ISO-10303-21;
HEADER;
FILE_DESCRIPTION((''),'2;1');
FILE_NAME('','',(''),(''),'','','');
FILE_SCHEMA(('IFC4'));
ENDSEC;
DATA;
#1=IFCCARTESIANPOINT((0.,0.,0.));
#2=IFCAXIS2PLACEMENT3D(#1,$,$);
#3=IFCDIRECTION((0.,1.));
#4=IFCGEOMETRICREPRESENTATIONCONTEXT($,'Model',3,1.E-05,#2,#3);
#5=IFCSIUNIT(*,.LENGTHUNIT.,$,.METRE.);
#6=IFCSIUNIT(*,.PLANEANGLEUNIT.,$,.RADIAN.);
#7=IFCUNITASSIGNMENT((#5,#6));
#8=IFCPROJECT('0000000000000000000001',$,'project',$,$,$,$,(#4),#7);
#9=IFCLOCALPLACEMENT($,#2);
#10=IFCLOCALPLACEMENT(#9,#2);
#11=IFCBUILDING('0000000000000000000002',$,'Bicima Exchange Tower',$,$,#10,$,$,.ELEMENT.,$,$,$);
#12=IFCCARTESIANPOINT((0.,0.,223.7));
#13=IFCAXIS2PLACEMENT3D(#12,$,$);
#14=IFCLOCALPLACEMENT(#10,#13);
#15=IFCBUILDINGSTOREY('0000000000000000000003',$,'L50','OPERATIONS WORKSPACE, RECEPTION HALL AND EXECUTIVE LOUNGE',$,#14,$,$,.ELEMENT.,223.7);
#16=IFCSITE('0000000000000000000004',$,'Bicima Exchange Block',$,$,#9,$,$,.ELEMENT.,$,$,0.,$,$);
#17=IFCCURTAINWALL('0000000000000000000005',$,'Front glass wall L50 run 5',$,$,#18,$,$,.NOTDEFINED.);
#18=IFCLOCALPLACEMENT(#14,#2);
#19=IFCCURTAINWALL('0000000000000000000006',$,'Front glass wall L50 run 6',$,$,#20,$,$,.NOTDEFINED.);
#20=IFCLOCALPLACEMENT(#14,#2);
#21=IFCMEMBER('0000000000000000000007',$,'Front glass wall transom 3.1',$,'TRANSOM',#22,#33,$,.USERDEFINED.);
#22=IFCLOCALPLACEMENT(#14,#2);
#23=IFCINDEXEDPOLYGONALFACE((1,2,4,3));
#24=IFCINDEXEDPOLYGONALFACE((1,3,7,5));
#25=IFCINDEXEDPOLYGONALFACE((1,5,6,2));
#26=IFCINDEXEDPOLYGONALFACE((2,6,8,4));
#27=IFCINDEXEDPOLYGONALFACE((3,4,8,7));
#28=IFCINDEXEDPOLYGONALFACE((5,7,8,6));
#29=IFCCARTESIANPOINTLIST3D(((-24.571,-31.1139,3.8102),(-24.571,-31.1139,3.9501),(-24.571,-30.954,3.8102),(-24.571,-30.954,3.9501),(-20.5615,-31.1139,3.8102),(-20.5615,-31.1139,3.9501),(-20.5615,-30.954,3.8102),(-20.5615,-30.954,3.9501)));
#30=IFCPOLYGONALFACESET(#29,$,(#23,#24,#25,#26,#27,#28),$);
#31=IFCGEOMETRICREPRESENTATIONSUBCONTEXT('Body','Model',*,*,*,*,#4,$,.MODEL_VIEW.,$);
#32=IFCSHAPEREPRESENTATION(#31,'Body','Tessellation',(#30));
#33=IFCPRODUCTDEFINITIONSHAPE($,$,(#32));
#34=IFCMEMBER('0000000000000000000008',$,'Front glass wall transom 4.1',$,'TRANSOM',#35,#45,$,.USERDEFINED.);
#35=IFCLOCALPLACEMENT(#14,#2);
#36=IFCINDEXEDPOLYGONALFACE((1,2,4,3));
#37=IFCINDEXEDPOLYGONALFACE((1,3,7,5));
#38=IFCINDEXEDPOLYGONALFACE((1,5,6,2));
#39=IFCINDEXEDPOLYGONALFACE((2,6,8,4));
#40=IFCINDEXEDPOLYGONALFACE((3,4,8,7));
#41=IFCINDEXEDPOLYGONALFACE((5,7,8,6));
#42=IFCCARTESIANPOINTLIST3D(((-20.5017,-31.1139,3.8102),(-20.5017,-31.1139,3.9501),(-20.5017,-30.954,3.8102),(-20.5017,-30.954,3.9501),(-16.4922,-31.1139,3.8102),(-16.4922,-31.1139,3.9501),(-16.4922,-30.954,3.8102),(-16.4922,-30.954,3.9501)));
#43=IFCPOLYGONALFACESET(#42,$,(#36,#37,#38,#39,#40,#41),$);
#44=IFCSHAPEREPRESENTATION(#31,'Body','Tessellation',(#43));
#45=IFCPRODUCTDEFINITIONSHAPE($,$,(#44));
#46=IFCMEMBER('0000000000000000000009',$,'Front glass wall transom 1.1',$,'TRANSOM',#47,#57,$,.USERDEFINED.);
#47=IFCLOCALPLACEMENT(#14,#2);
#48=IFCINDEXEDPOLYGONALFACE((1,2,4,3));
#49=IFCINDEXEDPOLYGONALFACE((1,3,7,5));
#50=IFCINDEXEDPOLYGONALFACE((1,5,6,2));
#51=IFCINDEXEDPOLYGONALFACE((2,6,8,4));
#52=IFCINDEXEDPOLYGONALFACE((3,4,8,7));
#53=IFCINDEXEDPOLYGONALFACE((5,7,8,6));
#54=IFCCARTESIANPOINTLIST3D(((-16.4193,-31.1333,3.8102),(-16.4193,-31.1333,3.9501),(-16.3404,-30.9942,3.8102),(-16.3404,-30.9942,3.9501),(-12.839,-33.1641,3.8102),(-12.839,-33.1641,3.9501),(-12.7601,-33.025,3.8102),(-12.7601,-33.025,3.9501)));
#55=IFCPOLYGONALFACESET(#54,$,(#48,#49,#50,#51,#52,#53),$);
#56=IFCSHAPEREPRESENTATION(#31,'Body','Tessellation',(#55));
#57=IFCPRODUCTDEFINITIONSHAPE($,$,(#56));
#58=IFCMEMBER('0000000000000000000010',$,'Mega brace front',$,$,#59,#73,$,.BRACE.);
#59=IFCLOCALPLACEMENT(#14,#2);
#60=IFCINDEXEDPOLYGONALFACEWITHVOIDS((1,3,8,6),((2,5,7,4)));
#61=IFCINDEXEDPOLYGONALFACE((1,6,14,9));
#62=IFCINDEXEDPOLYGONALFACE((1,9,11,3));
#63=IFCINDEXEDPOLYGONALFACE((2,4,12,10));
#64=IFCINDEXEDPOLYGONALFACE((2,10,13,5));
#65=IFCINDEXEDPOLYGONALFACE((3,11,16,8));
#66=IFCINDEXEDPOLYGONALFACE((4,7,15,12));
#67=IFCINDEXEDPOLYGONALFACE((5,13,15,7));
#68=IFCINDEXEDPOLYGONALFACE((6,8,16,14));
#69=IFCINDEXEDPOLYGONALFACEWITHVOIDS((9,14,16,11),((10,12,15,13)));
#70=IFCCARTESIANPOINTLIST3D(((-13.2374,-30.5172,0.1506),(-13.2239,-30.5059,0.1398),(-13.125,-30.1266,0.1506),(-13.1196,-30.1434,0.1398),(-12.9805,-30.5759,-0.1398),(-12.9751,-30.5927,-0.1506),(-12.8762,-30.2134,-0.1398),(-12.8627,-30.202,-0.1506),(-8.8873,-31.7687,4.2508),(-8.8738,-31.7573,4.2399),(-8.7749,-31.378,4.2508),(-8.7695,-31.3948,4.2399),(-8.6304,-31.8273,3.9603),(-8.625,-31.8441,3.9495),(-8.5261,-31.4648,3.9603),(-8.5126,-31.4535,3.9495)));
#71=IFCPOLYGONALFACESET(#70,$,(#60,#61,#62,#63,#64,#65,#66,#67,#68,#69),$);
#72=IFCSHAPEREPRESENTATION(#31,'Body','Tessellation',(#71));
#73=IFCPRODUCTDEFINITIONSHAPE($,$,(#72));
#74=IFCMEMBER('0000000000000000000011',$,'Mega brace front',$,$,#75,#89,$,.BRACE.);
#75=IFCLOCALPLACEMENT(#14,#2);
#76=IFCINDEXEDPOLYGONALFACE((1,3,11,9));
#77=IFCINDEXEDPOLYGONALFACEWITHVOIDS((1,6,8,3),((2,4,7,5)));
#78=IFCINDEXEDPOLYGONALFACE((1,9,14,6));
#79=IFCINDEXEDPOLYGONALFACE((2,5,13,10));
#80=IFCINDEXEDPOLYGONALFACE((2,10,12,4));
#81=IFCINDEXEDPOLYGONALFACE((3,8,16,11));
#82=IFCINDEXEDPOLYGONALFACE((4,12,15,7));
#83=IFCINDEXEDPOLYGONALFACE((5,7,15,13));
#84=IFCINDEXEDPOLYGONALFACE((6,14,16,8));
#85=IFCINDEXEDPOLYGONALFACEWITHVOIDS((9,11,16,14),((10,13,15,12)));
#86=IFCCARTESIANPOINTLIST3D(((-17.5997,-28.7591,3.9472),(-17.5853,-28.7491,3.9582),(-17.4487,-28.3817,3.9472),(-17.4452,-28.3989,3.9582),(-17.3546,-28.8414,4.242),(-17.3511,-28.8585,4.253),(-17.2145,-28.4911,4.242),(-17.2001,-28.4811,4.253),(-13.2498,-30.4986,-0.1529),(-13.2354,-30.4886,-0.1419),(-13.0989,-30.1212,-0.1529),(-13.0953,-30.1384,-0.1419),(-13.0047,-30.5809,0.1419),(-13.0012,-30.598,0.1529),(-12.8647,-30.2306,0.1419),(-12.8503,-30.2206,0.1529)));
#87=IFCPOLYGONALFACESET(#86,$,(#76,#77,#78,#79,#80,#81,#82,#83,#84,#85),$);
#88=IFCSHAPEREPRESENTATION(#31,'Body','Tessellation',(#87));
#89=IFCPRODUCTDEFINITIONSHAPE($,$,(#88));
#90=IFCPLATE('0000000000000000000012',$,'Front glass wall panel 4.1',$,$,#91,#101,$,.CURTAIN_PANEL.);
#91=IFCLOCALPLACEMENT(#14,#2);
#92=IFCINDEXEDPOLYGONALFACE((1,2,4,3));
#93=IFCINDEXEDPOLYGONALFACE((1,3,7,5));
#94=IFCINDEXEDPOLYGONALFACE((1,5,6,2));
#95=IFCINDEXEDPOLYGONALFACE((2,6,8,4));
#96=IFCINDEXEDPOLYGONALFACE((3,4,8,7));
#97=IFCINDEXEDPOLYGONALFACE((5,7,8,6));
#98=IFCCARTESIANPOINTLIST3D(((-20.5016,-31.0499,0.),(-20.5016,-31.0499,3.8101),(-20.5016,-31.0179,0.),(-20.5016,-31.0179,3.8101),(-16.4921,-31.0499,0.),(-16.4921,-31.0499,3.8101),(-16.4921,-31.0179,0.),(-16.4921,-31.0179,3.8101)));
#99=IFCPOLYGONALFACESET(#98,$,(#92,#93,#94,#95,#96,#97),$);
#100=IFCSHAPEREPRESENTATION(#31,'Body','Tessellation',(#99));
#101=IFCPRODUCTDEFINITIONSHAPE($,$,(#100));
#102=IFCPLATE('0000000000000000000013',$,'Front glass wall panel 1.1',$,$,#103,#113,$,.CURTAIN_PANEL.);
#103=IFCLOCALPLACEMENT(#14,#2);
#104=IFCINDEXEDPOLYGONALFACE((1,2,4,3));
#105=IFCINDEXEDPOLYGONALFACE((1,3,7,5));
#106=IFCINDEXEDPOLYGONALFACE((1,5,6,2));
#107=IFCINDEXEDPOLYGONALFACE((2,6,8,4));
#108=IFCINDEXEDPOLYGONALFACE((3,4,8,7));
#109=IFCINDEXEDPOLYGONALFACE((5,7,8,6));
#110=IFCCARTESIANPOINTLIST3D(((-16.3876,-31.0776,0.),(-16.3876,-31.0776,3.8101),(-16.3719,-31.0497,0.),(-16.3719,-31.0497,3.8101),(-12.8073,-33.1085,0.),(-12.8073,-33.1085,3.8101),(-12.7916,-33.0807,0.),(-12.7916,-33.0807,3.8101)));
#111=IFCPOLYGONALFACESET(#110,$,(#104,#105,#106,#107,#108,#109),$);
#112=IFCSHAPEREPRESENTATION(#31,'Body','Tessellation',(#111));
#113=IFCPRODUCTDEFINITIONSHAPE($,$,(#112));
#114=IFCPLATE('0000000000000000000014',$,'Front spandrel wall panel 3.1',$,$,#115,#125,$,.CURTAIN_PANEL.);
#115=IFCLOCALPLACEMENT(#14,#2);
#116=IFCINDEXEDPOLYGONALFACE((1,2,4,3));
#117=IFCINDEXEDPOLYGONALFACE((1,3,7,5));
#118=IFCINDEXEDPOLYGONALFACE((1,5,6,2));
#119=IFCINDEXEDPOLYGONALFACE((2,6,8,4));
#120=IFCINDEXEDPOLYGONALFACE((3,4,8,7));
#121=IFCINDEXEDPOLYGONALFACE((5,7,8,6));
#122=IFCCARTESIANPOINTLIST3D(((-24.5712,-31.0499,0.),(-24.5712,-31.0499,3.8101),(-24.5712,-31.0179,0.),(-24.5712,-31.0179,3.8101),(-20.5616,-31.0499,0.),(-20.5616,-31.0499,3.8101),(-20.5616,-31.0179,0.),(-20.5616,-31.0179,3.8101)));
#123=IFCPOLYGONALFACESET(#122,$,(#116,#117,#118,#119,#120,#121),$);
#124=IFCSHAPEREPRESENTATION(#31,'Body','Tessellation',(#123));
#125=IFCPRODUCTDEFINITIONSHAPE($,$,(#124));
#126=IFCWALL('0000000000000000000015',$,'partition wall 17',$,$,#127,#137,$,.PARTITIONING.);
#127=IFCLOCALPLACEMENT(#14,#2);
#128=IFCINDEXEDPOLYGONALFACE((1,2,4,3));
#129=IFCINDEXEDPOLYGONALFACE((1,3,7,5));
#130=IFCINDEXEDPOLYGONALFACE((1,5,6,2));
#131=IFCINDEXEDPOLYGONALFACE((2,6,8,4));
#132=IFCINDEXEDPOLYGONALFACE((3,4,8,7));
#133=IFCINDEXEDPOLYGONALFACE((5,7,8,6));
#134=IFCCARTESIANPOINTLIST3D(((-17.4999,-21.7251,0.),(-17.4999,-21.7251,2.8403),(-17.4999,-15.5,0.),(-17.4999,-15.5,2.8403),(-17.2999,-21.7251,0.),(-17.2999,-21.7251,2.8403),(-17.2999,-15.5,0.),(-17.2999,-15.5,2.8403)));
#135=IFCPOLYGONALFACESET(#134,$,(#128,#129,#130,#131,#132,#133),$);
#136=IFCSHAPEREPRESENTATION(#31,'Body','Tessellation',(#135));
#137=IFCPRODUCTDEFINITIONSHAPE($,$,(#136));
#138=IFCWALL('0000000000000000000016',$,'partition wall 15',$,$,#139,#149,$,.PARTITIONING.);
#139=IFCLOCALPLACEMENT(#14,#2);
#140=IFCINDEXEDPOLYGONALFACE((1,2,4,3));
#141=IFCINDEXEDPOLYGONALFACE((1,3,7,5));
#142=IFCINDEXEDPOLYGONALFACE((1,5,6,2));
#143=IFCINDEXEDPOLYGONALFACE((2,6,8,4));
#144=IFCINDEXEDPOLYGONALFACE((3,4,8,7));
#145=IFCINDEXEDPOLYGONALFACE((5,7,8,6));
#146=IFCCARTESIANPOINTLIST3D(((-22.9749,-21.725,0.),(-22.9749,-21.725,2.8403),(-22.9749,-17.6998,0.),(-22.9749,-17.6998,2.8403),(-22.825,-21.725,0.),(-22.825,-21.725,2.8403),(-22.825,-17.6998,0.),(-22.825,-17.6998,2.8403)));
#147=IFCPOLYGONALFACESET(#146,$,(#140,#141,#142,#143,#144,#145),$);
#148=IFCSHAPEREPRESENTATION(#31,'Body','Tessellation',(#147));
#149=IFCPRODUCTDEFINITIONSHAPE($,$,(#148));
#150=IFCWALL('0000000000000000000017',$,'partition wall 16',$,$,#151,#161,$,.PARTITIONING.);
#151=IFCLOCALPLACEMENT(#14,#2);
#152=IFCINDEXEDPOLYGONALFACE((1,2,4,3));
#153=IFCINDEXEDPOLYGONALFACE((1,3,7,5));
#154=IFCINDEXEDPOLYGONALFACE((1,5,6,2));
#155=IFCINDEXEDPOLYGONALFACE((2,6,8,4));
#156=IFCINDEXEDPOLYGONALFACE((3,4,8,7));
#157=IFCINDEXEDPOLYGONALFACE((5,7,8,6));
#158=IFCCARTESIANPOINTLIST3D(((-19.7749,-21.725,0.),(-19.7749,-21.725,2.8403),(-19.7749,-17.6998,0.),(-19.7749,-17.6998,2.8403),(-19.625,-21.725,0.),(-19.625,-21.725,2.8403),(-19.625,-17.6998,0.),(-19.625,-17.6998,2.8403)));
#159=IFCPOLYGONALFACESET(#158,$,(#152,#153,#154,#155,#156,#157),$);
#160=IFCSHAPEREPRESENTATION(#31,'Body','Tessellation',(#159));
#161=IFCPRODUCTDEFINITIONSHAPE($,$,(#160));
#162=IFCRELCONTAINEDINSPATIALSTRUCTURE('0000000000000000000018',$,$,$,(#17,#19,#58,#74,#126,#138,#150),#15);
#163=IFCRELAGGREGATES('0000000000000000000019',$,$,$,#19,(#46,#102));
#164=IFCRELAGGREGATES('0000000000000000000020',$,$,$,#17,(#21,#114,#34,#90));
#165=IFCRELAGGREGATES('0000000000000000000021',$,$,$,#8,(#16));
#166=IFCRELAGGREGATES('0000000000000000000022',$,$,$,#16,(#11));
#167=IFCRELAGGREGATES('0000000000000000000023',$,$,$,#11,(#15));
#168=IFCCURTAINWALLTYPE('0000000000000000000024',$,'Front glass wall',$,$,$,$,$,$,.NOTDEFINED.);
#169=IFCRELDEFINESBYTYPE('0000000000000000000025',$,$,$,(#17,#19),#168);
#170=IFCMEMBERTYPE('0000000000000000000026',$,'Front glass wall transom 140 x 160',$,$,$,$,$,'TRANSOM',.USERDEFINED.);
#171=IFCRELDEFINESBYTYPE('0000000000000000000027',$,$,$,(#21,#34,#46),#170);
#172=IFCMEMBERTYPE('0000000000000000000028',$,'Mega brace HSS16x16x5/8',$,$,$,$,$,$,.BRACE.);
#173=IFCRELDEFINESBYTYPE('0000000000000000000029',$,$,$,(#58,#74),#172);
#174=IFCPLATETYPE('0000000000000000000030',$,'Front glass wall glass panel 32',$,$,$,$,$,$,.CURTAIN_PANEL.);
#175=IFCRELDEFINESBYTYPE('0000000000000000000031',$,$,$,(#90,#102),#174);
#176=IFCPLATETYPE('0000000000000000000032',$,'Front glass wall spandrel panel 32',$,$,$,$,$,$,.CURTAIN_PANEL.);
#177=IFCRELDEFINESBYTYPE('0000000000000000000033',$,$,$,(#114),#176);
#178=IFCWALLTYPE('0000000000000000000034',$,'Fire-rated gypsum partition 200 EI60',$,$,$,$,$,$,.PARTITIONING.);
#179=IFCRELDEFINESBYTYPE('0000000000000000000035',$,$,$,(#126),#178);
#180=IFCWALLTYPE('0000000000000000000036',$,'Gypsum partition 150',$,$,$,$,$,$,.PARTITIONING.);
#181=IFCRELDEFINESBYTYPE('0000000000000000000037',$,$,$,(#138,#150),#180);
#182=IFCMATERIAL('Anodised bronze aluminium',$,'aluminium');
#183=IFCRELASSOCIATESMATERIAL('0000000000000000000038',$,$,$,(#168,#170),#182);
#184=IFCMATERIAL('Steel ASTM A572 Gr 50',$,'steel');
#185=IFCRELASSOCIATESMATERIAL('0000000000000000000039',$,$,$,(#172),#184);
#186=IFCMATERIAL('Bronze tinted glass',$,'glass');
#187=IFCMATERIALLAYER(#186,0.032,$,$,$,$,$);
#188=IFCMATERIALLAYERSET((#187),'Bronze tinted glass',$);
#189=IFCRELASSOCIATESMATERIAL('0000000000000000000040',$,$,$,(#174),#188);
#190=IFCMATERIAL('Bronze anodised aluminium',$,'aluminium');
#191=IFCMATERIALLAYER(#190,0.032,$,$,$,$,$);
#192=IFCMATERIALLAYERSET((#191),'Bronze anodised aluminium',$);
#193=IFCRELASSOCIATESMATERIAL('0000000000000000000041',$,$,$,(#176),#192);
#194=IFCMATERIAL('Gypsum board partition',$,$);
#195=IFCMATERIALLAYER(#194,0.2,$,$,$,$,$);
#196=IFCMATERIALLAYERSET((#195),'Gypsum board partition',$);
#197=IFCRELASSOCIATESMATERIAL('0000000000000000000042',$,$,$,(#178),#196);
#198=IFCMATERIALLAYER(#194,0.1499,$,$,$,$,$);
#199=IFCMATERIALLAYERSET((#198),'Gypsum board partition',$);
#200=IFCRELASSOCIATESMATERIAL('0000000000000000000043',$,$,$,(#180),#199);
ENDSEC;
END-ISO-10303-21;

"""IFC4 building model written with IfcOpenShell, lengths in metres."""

from ifc_helpers import new_model, si_unit, direction, frame, frame_2d, origin, origin_2d, place, context, subcontext, project, spatial, rectangle, hollow_rectangle, extrude, material, layer, layer_set, material_profile, profile_set, type_object, element, aggregate, save


model = new_model("IFC4")

# Units and contexts
model_context = context("Model", 3, precision=1e-05, world=origin(), true_north=direction((0.0, 1.0)))
body_context = subcontext(model_context, "Body", "Model", "MODEL_VIEW")
ifc_project = project(units=[si_unit("LENGTHUNIT", "METRE"), si_unit("PLANEANGLEUNIT", "RADIAN")], contexts=[model_context])

# Site, building, storey
site_placement = place(None, origin())
site = spatial("IfcSite", under=ifc_project, at=site_placement, Name="Bicima Exchange Block", CompositionType="ELEMENT", RefElevation=0.0)
building_placement = place(site_placement, origin())
building = spatial("IfcBuilding", under=site, at=building_placement, Name="Bicima Exchange Tower", CompositionType="ELEMENT")
storey_placement = place(building_placement, frame((0.0, 0.0, 223.7)))
storey = spatial("IfcBuildingStorey", under=building, at=storey_placement, Name="L50", Description="OPERATIONS WORKSPACE, RECEPTION HALL AND EXECUTIVE LOUNGE", CompositionType="ELEMENT", Elevation=223.7)

# Curtain walls
ifc_material_1 = material(Name="Anodised bronze aluminium", Category="aluminium")
curtain_wall_type = type_object("IfcCurtainWallType", Name="Front glass wall", PredefinedType="NOTDEFINED", material=ifc_material_1)
curtain_wall_1_placement = place(storey_placement, origin())
curtain_wall_1 = element("IfcCurtainWall", 1, at=curtain_wall_1_placement, inside=storey, type_object=curtain_wall_type, Name="Front glass wall L50 run 5", PredefinedType="NOTDEFINED")
curtain_wall_2_placement = place(storey_placement, origin())
curtain_wall_2 = element("IfcCurtainWall", 2, at=curtain_wall_2_placement, inside=storey, type_object=curtain_wall_type, Name="Front glass wall L50 run 6", PredefinedType="NOTDEFINED")

# Members
ifc_material_profile_1 = material_profile(ifc_material_1, rectangle(XDim=0.1599, YDim=0.1399, at=origin_2d()))
ifc_profile_set_1 = profile_set([ifc_material_profile_1], Name="Anodised bronze aluminium")
member_type_1 = type_object("IfcMemberType", Name="Front glass wall transom 140 x 160", ElementType="TRANSOM", PredefinedType="USERDEFINED", material=ifc_profile_set_1)
member_1_placement = place(storey_placement, frame((-24.571, -31.0339, 3.8801), z_axis=(1.0, 0.0, 0.0), x_axis=(0.0, 1.0, 0.0)))
member_1 = element("IfcMember", 3, at=member_1_placement, type_object=member_type_1, Name="Front glass wall transom 3.1", ObjectType="TRANSOM", PredefinedType="USERDEFINED", context=body_context, shape_type="SweptSolid", body=[
    extrude(rectangle(XDim=0.1599, YDim=0.1399, at=origin_2d()), origin(), (0.0, 0.0, 1.0), 4.0095),
])
member_2_placement = place(storey_placement, frame((-20.5017, -31.0339, 3.8801), z_axis=(1.0, 0.0, 0.0), x_axis=(0.0, 1.0, 0.0)))
member_2 = element("IfcMember", 4, at=member_2_placement, type_object=member_type_1, Name="Front glass wall transom 4.1", ObjectType="TRANSOM", PredefinedType="USERDEFINED", context=body_context, shape_type="SweptSolid", body=[
    extrude(rectangle(XDim=0.1599, YDim=0.1399, at=origin_2d()), origin(), (0.0, 0.0, 1.0), 4.0095),
])
member_3_placement = place(storey_placement, frame((-16.3799, -31.0637, 3.8801), z_axis=(0.869823, -0.493364, 0.0), x_axis=(0.493364, 0.869823, 0.0)))
member_3 = element("IfcMember", 5, at=member_3_placement, type_object=member_type_1, Name="Front glass wall transom 1.1", ObjectType="TRANSOM", PredefinedType="USERDEFINED", context=body_context, shape_type="SweptSolid", body=[
    extrude(rectangle(XDim=0.1599, YDim=0.1399, at=origin_2d()), origin(), (0.0, 0.0, 1.0), 4.1162),
])

# Members
ifc_material_2 = material(Name="Steel ASTM A572 Gr 50", Category="steel")
ifc_material_profile_2 = material_profile(ifc_material_2, hollow_rectangle(XDim=0.4065, YDim=0.4065, WallThickness=0.0146, at=origin_2d()))
ifc_profile_set_2 = profile_set([ifc_material_profile_2], Name="Steel ASTM A572 Gr 50")
member_type_2 = type_object("IfcMemberType", Name="Mega brace HSS16x16x5/8", PredefinedType="BRACE", material=ifc_profile_set_2)
member_4_placement = place(storey_placement, frame((-13.05, -30.3596, 0.0), z_axis=(0.712267, -0.20491, 0.671333), x_axis=(0.276473, 0.961022, 0.0)))
element("IfcMember", 6, at=member_4_placement, inside=storey, type_object=member_type_2, Name="Mega brace front", PredefinedType="BRACE", context=body_context, shape_type="SweptSolid", body=[
    extrude(hollow_rectangle(XDim=0.4065, YDim=0.4065, WallThickness=0.0146, at=origin_2d()), origin(), (0.0, 0.0, 1.0), 6.1074),
])
member_5_placement = place(storey_placement, frame((-13.05, -30.3596, 0.0), z_axis=(-0.698706, 0.279412, 0.658588), x_axis=(-0.37131, -0.928509, 0.0)))
element("IfcMember", 7, at=member_5_placement, inside=storey, type_object=member_type_2, Name="Mega brace front", PredefinedType="BRACE", context=body_context, shape_type="SweptSolid", body=[
    extrude(hollow_rectangle(XDim=0.4065, YDim=0.4065, WallThickness=0.0146, at=origin_2d()), origin(), (0.0, 0.0, 1.0), 6.2256),
])

# Plates
ifc_material_3 = material(Name="Bronze tinted glass", Category="glass")
ifc_layer_1 = layer(ifc_material_3, 0.032)
ifc_layer_set_1 = layer_set([ifc_layer_1], Name="Bronze tinted glass")
plate_type_1 = type_object("IfcPlateType", Name="Front glass wall glass panel 32", PredefinedType="CURTAIN_PANEL", material=ifc_layer_set_1)
plate_1_placement = place(storey_placement, frame((-18.4968, -31.0339, 0.0), z_axis=(0.0, 0.0, 1.0), x_axis=(1.0, 0.0, 0.0)))
plate_1 = element("IfcPlate", 8, at=plate_1_placement, type_object=plate_type_1, Name="Front glass wall panel 4.1", PredefinedType="CURTAIN_PANEL", context=body_context, shape_type="SweptSolid", body=[
    extrude(rectangle(XDim=4.0095, YDim=0.032, at=origin_2d()), origin(), (0.0, 0.0, 1.0), 3.8101),
])
plate_2_placement = place(storey_placement, frame((-14.5896, -32.0791, 0.0), z_axis=(0.0, 0.0, 1.0), x_axis=(0.869805, -0.493395, 0.0)))
plate_2 = element("IfcPlate", 9, at=plate_2_placement, type_object=plate_type_1, Name="Front glass wall panel 1.1", PredefinedType="CURTAIN_PANEL", context=body_context, shape_type="SweptSolid", body=[
    extrude(rectangle(XDim=4.1162, YDim=0.032, at=origin_2d()), origin(), (0.0, 0.0, 1.0), 3.8101),
])
aggregate(curtain_wall_2, [member_3, plate_2])
ifc_material_4 = material(Name="Bronze anodised aluminium", Category="aluminium")
ifc_layer_2 = layer(ifc_material_4, 0.032)
ifc_layer_set_2 = layer_set([ifc_layer_2], Name="Bronze anodised aluminium")
plate_type_2 = type_object("IfcPlateType", Name="Front glass wall spandrel panel 32", PredefinedType="CURTAIN_PANEL", material=ifc_layer_set_2)
plate_3_placement = place(storey_placement, frame((-22.5664, -31.0339, 0.0), z_axis=(0.0, 0.0, 1.0), x_axis=(1.0, 0.0, 0.0)))
plate_3 = element("IfcPlate", 10, at=plate_3_placement, type_object=plate_type_2, Name="Front spandrel wall panel 3.1", PredefinedType="CURTAIN_PANEL", context=body_context, shape_type="SweptSolid", body=[
    extrude(rectangle(XDim=4.0095, YDim=0.032, at=origin_2d()), origin(), (0.0, 0.0, 1.0), 3.8101),
])
aggregate(curtain_wall_1, [member_1, plate_3, member_2, plate_1])

# Walls
ifc_material_5 = material(Name="Gypsum board partition")
ifc_layer_3 = layer(ifc_material_5, 0.2)
ifc_layer_set_3 = layer_set([ifc_layer_3], Name="Gypsum board partition")
wall_type_1 = type_object("IfcWallType", Name="Fire-rated gypsum partition 200 EI60", PredefinedType="PARTITIONING", material=ifc_layer_set_3)
wall_placement = place(storey_placement, frame((-17.3999, -21.7251, 0.0), z_axis=(0.0, 0.0, 1.0), x_axis=(0.0, 1.0, 0.0)))
element("IfcWall", 11, at=wall_placement, inside=storey, type_object=wall_type_1, Name="partition wall 17", PredefinedType="PARTITIONING", context=body_context, shape_type="SweptSolid", body=[
    extrude(rectangle(XDim=6.2251, YDim=0.2, at=frame_2d((3.1125, 0.0))), origin(), (0.0, 0.0, 1.0), 2.8403),
])
ifc_layer_4 = layer(ifc_material_5, 0.1499)
ifc_layer_set_4 = layer_set([ifc_layer_4], Name="Gypsum board partition")
wall_type_2 = type_object("IfcWallType", Name="Gypsum partition 150", PredefinedType="PARTITIONING", material=ifc_layer_set_4)
for number, where, z_axis, x_axis, name in (
    (12, (-22.8999, -21.7251, 0.0), (0.0, 0.0, 1.0), (0.0, 1.0, 0.0), "partition wall 15"),
    (13, (-19.7, -21.7251, 0.0), (0.0, 0.0, 1.0), (0.0, 1.0, 0.0), "partition wall 16"),
):
    element("IfcWall", number, at=place(storey_placement, frame(where, z_axis=z_axis, x_axis=x_axis)), inside=storey, type_object=wall_type_2, Name=name, PredefinedType="PARTITIONING", context=body_context, shape_type="SweptSolid", body=[
        extrude(rectangle(XDim=4.0251, YDim=0.1499, at=frame_2d((2.0127, 0.0))), origin(), (0.0, 0.0, 1.0), 2.8403),
    ])

save(model, "model.ifc")
